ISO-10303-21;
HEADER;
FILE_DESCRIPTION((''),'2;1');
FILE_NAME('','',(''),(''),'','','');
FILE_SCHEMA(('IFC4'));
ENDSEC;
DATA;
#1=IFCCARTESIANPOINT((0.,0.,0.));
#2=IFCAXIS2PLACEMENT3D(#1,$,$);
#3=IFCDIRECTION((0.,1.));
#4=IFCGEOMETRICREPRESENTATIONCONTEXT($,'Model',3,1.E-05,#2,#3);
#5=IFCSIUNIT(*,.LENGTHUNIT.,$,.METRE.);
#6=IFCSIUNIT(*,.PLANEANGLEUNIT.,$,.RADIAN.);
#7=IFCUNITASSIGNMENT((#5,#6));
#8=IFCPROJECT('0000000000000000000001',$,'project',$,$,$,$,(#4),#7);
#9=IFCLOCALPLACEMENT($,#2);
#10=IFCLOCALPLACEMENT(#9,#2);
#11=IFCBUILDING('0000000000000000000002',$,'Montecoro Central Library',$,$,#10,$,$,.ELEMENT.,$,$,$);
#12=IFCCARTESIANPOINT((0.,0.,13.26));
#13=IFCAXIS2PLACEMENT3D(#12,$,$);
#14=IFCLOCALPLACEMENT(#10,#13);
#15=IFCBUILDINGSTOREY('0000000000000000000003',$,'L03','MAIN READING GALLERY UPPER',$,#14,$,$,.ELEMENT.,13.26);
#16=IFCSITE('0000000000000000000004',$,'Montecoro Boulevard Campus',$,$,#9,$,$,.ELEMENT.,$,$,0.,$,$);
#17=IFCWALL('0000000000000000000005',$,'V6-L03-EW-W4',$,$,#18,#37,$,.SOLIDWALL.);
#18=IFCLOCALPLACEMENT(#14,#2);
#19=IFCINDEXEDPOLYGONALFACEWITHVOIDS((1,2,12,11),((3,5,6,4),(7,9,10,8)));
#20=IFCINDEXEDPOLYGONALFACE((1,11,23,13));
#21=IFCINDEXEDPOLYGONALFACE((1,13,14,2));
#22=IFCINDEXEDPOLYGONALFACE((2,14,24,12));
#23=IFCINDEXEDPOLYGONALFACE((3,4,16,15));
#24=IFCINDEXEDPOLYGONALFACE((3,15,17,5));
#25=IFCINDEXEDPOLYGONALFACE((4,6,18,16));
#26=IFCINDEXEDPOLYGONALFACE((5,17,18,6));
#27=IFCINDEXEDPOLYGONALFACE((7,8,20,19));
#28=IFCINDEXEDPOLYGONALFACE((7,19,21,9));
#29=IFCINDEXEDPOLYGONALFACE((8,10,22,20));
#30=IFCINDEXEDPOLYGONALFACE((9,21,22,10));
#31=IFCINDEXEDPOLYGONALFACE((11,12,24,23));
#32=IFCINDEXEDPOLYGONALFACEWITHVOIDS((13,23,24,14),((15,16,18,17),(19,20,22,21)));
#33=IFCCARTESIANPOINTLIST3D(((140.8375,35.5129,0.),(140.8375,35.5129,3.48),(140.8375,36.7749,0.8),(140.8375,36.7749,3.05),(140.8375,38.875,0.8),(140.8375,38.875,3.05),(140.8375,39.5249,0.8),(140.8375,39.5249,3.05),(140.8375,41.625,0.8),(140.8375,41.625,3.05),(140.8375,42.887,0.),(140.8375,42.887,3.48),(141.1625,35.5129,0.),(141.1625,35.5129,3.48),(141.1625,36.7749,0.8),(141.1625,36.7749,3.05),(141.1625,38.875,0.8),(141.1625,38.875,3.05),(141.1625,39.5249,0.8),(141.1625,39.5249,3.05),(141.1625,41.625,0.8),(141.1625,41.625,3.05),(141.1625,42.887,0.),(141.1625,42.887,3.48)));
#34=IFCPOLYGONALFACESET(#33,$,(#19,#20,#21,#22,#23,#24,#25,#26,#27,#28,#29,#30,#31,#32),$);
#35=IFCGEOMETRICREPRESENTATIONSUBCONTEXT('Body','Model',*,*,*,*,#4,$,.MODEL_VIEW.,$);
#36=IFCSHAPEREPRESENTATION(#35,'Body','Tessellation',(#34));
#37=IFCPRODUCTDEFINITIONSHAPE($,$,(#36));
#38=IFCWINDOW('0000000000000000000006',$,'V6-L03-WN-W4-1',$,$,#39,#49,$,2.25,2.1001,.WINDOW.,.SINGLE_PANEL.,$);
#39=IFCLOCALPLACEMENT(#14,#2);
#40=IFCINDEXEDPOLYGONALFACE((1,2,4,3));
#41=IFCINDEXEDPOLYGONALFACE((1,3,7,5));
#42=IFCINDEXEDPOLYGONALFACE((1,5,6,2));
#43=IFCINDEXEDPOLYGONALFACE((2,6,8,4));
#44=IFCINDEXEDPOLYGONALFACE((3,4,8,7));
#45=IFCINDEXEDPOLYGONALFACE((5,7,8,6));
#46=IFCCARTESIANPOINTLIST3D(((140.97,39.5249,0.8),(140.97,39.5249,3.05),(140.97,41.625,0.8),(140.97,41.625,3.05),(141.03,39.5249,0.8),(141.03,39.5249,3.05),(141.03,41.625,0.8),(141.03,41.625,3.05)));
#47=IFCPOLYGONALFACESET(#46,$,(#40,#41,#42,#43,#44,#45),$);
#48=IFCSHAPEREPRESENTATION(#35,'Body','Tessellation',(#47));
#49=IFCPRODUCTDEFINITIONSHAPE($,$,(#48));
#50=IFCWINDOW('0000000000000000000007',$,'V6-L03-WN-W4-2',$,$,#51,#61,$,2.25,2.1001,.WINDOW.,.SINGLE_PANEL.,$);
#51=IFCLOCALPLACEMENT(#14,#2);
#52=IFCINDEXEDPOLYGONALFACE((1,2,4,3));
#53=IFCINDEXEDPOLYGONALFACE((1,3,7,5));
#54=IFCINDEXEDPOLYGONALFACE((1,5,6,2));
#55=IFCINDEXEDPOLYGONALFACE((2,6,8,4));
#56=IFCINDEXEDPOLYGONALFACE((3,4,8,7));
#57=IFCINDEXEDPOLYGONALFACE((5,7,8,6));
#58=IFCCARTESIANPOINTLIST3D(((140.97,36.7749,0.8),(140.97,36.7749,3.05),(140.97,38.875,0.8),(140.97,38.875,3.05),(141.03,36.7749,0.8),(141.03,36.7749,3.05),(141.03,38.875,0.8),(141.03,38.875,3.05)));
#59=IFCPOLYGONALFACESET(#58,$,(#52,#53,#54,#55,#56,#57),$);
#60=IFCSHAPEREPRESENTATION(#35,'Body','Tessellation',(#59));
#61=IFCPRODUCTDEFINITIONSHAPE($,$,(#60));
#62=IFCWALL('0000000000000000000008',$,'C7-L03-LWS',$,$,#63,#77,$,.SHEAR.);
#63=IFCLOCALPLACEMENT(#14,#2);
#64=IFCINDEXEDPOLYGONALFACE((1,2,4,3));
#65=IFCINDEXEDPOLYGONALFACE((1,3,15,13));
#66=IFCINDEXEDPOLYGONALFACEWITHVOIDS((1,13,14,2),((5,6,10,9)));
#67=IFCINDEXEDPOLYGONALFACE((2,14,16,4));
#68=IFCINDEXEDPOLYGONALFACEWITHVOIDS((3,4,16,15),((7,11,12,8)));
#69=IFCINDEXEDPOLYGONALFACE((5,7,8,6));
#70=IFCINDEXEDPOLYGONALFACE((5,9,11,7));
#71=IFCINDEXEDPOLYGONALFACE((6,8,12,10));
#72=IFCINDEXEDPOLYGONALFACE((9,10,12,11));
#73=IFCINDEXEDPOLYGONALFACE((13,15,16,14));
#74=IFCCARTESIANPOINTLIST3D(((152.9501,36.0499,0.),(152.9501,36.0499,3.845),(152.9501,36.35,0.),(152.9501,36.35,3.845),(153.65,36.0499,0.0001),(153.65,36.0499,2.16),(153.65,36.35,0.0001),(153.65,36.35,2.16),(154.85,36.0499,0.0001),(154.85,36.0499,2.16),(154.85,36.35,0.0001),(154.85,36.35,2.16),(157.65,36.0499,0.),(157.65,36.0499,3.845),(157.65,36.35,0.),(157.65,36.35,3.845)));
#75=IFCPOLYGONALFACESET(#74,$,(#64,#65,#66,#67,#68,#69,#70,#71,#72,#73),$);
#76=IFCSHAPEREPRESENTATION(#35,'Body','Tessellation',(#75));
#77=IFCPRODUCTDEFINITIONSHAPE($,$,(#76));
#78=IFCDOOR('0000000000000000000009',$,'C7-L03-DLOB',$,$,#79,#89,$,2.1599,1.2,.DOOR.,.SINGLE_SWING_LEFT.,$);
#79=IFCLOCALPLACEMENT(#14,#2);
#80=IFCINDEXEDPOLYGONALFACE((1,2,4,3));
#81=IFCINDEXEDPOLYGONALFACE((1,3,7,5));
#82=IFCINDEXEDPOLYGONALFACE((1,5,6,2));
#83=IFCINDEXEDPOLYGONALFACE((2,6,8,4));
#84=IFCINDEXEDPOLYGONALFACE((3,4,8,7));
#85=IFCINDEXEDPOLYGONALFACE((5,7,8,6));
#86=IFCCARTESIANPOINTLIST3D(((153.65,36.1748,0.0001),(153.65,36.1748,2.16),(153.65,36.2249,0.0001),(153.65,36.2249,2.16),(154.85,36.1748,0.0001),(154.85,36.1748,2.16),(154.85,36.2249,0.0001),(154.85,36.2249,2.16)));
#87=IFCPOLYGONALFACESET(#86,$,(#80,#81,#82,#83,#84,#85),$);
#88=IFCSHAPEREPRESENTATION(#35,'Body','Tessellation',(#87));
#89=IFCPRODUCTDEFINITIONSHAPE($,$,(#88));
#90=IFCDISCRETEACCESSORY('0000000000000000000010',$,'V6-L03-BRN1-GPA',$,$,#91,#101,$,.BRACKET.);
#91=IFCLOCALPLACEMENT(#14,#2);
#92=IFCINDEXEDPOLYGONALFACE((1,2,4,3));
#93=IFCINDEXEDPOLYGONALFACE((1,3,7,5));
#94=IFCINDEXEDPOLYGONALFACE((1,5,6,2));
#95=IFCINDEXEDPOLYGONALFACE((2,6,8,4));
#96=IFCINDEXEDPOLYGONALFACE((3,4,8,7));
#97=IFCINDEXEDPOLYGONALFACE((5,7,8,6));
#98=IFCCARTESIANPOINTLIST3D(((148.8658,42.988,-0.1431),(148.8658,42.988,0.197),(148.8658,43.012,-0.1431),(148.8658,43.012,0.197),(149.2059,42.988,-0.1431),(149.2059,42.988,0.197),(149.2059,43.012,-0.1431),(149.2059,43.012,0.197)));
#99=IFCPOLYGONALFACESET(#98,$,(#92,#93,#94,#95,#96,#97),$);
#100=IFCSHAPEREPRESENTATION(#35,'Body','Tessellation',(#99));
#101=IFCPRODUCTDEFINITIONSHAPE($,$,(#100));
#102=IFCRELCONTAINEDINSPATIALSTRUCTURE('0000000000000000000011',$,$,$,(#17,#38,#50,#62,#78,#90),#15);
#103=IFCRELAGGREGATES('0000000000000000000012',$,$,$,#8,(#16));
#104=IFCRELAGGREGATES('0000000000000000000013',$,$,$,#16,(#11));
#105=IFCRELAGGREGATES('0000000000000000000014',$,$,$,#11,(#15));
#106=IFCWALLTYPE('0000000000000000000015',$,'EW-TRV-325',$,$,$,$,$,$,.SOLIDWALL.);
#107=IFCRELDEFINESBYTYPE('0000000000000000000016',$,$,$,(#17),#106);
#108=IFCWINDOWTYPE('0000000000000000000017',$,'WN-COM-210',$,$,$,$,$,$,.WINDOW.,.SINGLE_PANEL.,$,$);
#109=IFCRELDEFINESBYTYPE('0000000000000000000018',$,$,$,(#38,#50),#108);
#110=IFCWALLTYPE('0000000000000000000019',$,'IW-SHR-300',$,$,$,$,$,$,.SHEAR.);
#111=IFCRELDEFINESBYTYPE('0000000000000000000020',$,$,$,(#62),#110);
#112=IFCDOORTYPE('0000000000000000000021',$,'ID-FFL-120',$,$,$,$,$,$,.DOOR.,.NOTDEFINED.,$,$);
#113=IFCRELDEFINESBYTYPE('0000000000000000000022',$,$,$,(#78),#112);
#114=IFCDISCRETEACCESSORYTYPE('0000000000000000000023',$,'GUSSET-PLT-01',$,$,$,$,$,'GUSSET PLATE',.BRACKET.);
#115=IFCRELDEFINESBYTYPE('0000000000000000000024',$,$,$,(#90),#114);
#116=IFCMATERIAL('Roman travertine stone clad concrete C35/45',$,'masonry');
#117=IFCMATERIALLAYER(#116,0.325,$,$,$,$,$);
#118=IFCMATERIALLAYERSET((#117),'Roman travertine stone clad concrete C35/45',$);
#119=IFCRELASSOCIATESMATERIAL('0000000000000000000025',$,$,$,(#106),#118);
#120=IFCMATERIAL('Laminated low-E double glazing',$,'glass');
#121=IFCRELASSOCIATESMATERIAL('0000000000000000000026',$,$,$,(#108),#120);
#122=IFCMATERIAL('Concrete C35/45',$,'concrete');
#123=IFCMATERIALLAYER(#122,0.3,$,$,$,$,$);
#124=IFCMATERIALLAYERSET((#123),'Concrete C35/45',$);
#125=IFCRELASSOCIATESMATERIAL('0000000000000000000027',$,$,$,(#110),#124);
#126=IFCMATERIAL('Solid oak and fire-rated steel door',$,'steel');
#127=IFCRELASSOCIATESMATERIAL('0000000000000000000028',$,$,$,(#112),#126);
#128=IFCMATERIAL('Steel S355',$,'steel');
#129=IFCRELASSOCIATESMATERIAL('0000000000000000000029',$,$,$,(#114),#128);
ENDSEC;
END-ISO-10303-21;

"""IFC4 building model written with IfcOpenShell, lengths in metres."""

from ifc_helpers import new_model, si_unit, direction, frame, frame_2d, origin, origin_2d, place, context, subcontext, project, spatial, rectangle, extrude, material, layer, layer_set, type_object, element, fill, save


model = new_model("IFC4")

# Units and contexts
model_context = context("Model", 3, precision=1e-05, world=origin(), true_north=direction((0.0, 1.0)))
body_context = subcontext(model_context, "Body", "Model", "MODEL_VIEW")
ifc_project = project(units=[si_unit("LENGTHUNIT", "METRE"), si_unit("PLANEANGLEUNIT", "RADIAN")], contexts=[model_context])

# Site, building, storey
site_placement = place(None, origin())
site = spatial("IfcSite", under=ifc_project, at=site_placement, Name="Montecoro Boulevard Campus", CompositionType="ELEMENT", RefElevation=0.0)
building_placement = place(site_placement, origin())
building = spatial("IfcBuilding", under=site, at=building_placement, Name="Montecoro Central Library", CompositionType="ELEMENT")
storey_placement = place(building_placement, frame((0.0, 0.0, 13.26)))
storey = spatial("IfcBuildingStorey", under=building, at=storey_placement, Name="L03", Description="MAIN READING GALLERY UPPER", CompositionType="ELEMENT", Elevation=13.26)

# Shared definitions
ifc_material_1 = material(Name="Steel S355", Category="steel")

# Wall, openings, windows
ifc_material_2 = material(Name="Roman travertine stone clad concrete C35/45", Category="masonry")
ifc_layer_1 = layer(ifc_material_2, 0.325)
ifc_layer_set_1 = layer_set([ifc_layer_1], Name="Roman travertine stone clad concrete C35/45")
wall_type_1 = type_object("IfcWallType", Name="EW-TRV-325", PredefinedType="SOLIDWALL", material=ifc_layer_set_1)
ifc_material_3 = material(Name="Laminated low-E double glazing", Category="glass")
wall_1_placement = place(storey_placement, frame((141.0, 42.887, 0.0), z_axis=(0.0, 0.0, 1.0), x_axis=(0.0, -1.0, 0.0)))
wall_1 = element("IfcWall", 1, at=wall_1_placement, inside=storey, type_object=wall_type_1, Name="V6-L03-EW-W4", PredefinedType="SOLIDWALL", context=body_context, shape_type="SweptSolid", body=[
    extrude(rectangle(XDim=7.374, YDim=0.325, at=frame_2d((3.687, 0.0))), origin(), (0.0, 0.0, 1.0), 3.48),
])
opening_1_placement = place(wall_1_placement, frame((1.262, 0.0, 0.8)))
opening_1 = element("IfcOpeningElement", 2, at=opening_1_placement, cuts=wall_1, PredefinedType="OPENING", context=body_context, shape_type="SweptSolid", body=[
    extrude(rectangle(XDim=2.1001, YDim=2.25, at=frame_2d((1.05, 1.125))), frame((0.0, 0.1724, 0.0), z_axis=(0.0, -1.0, 0.0), x_axis=(1.0, 0.0, 0.0)), (0.0, 0.0, 1.0), 0.345),
])
opening_2_placement = place(wall_1_placement, frame((4.012, 0.0, 0.8)))
opening_2 = element("IfcOpeningElement", 3, at=opening_2_placement, cuts=wall_1, PredefinedType="OPENING", context=body_context, shape_type="SweptSolid", body=[
    extrude(rectangle(XDim=2.1001, YDim=2.25, at=frame_2d((1.05, 1.125))), frame((0.0, 0.1724, 0.0), z_axis=(0.0, -1.0, 0.0), x_axis=(1.0, 0.0, 0.0)), (0.0, 0.0, 1.0), 0.345),
])
window_type_1 = type_object("IfcWindowType", Name="WN-COM-210", PartitioningType="SINGLE_PANEL", PredefinedType="WINDOW", material=ifc_material_3)
window_1_placement = place(opening_1_placement, origin())
window_1 = element("IfcWindow", 4, at=window_1_placement, inside=storey, type_object=window_type_1, Name="V6-L03-WN-W4-1", OverallHeight=2.25, OverallWidth=2.1001, PartitioningType="SINGLE_PANEL", PredefinedType="WINDOW", context=body_context, shape_type="SweptSolid", body=[
    extrude(rectangle(XDim=2.1001, YDim=2.25, at=frame_2d((1.05, 1.125))), frame((0.0, 0.03, 0.0), z_axis=(0.0, -1.0, 0.0), x_axis=(1.0, 0.0, 0.0)), (0.0, 0.0, 1.0), 0.0601),
])
fill(opening_1, window_1)
window_2_placement = place(opening_2_placement, origin())
window_2 = element("IfcWindow", 5, at=window_2_placement, inside=storey, type_object=window_type_1, Name="V6-L03-WN-W4-2", OverallHeight=2.25, OverallWidth=2.1001, PartitioningType="SINGLE_PANEL", PredefinedType="WINDOW", context=body_context, shape_type="SweptSolid", body=[
    extrude(rectangle(XDim=2.1001, YDim=2.25, at=frame_2d((1.05, 1.125))), frame((0.0, 0.03, 0.0), z_axis=(0.0, -1.0, 0.0), x_axis=(1.0, 0.0, 0.0)), (0.0, 0.0, 1.0), 0.0601),
])
fill(opening_2, window_2)

# Wall, opening, door
ifc_material_4 = material(Name="Concrete C35/45", Category="concrete")
ifc_layer_2 = layer(ifc_material_4, 0.3)
ifc_layer_set_2 = layer_set([ifc_layer_2], Name="Concrete C35/45")
wall_type_2 = type_object("IfcWallType", Name="IW-SHR-300", PredefinedType="SHEAR", material=ifc_layer_set_2)
wall_2_placement = place(storey_placement, frame((152.95, 36.2, 0.0), z_axis=(0.0, 0.0, 1.0), x_axis=(1.0, 0.0, 0.0)))
wall_2 = element("IfcWall", 6, at=wall_2_placement, inside=storey, type_object=wall_type_2, Name="C7-L03-LWS", PredefinedType="SHEAR", context=body_context, shape_type="SweptSolid", body=[
    extrude(rectangle(XDim=4.7, YDim=0.3, at=frame_2d((2.3501, 0.0))), origin(), (0.0, 0.0, 1.0), 3.845),
])
opening_3_placement = place(wall_2_placement, frame((0.7, 0.0, 0.0)))
opening_3 = element("IfcOpeningElement", 7, at=opening_3_placement, cuts=wall_2, PredefinedType="OPENING", context=body_context, shape_type="SweptSolid", body=[
    extrude(rectangle(XDim=1.2, YDim=2.1599, at=frame_2d((0.6001, 1.0801))), frame((0.0, 0.1599, 0.0), z_axis=(0.0, -1.0, 0.0), x_axis=(1.0, 0.0, 0.0)), (0.0, 0.0, 1.0), 0.3201),
])
ifc_material_5 = material(Name="Solid oak and fire-rated steel door", Category="steel")
door_type = type_object("IfcDoorType", Name="ID-FFL-120", OperationType="NOTDEFINED", PredefinedType="DOOR", material=ifc_material_5)
door_placement = place(opening_3_placement, origin())
door = element("IfcDoor", 8, at=door_placement, inside=storey, type_object=door_type, Name="C7-L03-DLOB", OperationType="SINGLE_SWING_LEFT", OverallHeight=2.1599, OverallWidth=1.2, PredefinedType="DOOR", context=body_context, shape_type="SweptSolid", body=[
    extrude(rectangle(XDim=1.2, YDim=2.1599, at=frame_2d((0.6001, 1.0801))), frame((0.0, 0.0249, 0.0), z_axis=(0.0, -1.0, 0.0), x_axis=(1.0, 0.0, 0.0)), (0.0, 0.0, 1.0), 0.05),
])
fill(opening_3, door)

# Discrete accessory
discrete_accessory_type = type_object("IfcDiscreteAccessoryType", Name="GUSSET-PLT-01", ElementType="GUSSET PLATE", PredefinedType="BRACKET", material=ifc_material_1)
discrete_accessory_placement = place(storey_placement, frame((149.0359, 43.0, -0.1431), z_axis=(0.0, 0.0, 1.0), x_axis=(1.0, 0.0, 0.0)))
element("IfcDiscreteAccessory", 9, at=discrete_accessory_placement, inside=storey, type_object=discrete_accessory_type, Name="V6-L03-BRN1-GPA", PredefinedType="BRACKET", context=body_context, shape_type="SweptSolid", body=[
    extrude(rectangle(XDim=0.3401, YDim=0.0239, at=origin_2d()), origin(), (0.0, 0.0, 1.0), 0.3401),
])

save(model, "model.ifc")
